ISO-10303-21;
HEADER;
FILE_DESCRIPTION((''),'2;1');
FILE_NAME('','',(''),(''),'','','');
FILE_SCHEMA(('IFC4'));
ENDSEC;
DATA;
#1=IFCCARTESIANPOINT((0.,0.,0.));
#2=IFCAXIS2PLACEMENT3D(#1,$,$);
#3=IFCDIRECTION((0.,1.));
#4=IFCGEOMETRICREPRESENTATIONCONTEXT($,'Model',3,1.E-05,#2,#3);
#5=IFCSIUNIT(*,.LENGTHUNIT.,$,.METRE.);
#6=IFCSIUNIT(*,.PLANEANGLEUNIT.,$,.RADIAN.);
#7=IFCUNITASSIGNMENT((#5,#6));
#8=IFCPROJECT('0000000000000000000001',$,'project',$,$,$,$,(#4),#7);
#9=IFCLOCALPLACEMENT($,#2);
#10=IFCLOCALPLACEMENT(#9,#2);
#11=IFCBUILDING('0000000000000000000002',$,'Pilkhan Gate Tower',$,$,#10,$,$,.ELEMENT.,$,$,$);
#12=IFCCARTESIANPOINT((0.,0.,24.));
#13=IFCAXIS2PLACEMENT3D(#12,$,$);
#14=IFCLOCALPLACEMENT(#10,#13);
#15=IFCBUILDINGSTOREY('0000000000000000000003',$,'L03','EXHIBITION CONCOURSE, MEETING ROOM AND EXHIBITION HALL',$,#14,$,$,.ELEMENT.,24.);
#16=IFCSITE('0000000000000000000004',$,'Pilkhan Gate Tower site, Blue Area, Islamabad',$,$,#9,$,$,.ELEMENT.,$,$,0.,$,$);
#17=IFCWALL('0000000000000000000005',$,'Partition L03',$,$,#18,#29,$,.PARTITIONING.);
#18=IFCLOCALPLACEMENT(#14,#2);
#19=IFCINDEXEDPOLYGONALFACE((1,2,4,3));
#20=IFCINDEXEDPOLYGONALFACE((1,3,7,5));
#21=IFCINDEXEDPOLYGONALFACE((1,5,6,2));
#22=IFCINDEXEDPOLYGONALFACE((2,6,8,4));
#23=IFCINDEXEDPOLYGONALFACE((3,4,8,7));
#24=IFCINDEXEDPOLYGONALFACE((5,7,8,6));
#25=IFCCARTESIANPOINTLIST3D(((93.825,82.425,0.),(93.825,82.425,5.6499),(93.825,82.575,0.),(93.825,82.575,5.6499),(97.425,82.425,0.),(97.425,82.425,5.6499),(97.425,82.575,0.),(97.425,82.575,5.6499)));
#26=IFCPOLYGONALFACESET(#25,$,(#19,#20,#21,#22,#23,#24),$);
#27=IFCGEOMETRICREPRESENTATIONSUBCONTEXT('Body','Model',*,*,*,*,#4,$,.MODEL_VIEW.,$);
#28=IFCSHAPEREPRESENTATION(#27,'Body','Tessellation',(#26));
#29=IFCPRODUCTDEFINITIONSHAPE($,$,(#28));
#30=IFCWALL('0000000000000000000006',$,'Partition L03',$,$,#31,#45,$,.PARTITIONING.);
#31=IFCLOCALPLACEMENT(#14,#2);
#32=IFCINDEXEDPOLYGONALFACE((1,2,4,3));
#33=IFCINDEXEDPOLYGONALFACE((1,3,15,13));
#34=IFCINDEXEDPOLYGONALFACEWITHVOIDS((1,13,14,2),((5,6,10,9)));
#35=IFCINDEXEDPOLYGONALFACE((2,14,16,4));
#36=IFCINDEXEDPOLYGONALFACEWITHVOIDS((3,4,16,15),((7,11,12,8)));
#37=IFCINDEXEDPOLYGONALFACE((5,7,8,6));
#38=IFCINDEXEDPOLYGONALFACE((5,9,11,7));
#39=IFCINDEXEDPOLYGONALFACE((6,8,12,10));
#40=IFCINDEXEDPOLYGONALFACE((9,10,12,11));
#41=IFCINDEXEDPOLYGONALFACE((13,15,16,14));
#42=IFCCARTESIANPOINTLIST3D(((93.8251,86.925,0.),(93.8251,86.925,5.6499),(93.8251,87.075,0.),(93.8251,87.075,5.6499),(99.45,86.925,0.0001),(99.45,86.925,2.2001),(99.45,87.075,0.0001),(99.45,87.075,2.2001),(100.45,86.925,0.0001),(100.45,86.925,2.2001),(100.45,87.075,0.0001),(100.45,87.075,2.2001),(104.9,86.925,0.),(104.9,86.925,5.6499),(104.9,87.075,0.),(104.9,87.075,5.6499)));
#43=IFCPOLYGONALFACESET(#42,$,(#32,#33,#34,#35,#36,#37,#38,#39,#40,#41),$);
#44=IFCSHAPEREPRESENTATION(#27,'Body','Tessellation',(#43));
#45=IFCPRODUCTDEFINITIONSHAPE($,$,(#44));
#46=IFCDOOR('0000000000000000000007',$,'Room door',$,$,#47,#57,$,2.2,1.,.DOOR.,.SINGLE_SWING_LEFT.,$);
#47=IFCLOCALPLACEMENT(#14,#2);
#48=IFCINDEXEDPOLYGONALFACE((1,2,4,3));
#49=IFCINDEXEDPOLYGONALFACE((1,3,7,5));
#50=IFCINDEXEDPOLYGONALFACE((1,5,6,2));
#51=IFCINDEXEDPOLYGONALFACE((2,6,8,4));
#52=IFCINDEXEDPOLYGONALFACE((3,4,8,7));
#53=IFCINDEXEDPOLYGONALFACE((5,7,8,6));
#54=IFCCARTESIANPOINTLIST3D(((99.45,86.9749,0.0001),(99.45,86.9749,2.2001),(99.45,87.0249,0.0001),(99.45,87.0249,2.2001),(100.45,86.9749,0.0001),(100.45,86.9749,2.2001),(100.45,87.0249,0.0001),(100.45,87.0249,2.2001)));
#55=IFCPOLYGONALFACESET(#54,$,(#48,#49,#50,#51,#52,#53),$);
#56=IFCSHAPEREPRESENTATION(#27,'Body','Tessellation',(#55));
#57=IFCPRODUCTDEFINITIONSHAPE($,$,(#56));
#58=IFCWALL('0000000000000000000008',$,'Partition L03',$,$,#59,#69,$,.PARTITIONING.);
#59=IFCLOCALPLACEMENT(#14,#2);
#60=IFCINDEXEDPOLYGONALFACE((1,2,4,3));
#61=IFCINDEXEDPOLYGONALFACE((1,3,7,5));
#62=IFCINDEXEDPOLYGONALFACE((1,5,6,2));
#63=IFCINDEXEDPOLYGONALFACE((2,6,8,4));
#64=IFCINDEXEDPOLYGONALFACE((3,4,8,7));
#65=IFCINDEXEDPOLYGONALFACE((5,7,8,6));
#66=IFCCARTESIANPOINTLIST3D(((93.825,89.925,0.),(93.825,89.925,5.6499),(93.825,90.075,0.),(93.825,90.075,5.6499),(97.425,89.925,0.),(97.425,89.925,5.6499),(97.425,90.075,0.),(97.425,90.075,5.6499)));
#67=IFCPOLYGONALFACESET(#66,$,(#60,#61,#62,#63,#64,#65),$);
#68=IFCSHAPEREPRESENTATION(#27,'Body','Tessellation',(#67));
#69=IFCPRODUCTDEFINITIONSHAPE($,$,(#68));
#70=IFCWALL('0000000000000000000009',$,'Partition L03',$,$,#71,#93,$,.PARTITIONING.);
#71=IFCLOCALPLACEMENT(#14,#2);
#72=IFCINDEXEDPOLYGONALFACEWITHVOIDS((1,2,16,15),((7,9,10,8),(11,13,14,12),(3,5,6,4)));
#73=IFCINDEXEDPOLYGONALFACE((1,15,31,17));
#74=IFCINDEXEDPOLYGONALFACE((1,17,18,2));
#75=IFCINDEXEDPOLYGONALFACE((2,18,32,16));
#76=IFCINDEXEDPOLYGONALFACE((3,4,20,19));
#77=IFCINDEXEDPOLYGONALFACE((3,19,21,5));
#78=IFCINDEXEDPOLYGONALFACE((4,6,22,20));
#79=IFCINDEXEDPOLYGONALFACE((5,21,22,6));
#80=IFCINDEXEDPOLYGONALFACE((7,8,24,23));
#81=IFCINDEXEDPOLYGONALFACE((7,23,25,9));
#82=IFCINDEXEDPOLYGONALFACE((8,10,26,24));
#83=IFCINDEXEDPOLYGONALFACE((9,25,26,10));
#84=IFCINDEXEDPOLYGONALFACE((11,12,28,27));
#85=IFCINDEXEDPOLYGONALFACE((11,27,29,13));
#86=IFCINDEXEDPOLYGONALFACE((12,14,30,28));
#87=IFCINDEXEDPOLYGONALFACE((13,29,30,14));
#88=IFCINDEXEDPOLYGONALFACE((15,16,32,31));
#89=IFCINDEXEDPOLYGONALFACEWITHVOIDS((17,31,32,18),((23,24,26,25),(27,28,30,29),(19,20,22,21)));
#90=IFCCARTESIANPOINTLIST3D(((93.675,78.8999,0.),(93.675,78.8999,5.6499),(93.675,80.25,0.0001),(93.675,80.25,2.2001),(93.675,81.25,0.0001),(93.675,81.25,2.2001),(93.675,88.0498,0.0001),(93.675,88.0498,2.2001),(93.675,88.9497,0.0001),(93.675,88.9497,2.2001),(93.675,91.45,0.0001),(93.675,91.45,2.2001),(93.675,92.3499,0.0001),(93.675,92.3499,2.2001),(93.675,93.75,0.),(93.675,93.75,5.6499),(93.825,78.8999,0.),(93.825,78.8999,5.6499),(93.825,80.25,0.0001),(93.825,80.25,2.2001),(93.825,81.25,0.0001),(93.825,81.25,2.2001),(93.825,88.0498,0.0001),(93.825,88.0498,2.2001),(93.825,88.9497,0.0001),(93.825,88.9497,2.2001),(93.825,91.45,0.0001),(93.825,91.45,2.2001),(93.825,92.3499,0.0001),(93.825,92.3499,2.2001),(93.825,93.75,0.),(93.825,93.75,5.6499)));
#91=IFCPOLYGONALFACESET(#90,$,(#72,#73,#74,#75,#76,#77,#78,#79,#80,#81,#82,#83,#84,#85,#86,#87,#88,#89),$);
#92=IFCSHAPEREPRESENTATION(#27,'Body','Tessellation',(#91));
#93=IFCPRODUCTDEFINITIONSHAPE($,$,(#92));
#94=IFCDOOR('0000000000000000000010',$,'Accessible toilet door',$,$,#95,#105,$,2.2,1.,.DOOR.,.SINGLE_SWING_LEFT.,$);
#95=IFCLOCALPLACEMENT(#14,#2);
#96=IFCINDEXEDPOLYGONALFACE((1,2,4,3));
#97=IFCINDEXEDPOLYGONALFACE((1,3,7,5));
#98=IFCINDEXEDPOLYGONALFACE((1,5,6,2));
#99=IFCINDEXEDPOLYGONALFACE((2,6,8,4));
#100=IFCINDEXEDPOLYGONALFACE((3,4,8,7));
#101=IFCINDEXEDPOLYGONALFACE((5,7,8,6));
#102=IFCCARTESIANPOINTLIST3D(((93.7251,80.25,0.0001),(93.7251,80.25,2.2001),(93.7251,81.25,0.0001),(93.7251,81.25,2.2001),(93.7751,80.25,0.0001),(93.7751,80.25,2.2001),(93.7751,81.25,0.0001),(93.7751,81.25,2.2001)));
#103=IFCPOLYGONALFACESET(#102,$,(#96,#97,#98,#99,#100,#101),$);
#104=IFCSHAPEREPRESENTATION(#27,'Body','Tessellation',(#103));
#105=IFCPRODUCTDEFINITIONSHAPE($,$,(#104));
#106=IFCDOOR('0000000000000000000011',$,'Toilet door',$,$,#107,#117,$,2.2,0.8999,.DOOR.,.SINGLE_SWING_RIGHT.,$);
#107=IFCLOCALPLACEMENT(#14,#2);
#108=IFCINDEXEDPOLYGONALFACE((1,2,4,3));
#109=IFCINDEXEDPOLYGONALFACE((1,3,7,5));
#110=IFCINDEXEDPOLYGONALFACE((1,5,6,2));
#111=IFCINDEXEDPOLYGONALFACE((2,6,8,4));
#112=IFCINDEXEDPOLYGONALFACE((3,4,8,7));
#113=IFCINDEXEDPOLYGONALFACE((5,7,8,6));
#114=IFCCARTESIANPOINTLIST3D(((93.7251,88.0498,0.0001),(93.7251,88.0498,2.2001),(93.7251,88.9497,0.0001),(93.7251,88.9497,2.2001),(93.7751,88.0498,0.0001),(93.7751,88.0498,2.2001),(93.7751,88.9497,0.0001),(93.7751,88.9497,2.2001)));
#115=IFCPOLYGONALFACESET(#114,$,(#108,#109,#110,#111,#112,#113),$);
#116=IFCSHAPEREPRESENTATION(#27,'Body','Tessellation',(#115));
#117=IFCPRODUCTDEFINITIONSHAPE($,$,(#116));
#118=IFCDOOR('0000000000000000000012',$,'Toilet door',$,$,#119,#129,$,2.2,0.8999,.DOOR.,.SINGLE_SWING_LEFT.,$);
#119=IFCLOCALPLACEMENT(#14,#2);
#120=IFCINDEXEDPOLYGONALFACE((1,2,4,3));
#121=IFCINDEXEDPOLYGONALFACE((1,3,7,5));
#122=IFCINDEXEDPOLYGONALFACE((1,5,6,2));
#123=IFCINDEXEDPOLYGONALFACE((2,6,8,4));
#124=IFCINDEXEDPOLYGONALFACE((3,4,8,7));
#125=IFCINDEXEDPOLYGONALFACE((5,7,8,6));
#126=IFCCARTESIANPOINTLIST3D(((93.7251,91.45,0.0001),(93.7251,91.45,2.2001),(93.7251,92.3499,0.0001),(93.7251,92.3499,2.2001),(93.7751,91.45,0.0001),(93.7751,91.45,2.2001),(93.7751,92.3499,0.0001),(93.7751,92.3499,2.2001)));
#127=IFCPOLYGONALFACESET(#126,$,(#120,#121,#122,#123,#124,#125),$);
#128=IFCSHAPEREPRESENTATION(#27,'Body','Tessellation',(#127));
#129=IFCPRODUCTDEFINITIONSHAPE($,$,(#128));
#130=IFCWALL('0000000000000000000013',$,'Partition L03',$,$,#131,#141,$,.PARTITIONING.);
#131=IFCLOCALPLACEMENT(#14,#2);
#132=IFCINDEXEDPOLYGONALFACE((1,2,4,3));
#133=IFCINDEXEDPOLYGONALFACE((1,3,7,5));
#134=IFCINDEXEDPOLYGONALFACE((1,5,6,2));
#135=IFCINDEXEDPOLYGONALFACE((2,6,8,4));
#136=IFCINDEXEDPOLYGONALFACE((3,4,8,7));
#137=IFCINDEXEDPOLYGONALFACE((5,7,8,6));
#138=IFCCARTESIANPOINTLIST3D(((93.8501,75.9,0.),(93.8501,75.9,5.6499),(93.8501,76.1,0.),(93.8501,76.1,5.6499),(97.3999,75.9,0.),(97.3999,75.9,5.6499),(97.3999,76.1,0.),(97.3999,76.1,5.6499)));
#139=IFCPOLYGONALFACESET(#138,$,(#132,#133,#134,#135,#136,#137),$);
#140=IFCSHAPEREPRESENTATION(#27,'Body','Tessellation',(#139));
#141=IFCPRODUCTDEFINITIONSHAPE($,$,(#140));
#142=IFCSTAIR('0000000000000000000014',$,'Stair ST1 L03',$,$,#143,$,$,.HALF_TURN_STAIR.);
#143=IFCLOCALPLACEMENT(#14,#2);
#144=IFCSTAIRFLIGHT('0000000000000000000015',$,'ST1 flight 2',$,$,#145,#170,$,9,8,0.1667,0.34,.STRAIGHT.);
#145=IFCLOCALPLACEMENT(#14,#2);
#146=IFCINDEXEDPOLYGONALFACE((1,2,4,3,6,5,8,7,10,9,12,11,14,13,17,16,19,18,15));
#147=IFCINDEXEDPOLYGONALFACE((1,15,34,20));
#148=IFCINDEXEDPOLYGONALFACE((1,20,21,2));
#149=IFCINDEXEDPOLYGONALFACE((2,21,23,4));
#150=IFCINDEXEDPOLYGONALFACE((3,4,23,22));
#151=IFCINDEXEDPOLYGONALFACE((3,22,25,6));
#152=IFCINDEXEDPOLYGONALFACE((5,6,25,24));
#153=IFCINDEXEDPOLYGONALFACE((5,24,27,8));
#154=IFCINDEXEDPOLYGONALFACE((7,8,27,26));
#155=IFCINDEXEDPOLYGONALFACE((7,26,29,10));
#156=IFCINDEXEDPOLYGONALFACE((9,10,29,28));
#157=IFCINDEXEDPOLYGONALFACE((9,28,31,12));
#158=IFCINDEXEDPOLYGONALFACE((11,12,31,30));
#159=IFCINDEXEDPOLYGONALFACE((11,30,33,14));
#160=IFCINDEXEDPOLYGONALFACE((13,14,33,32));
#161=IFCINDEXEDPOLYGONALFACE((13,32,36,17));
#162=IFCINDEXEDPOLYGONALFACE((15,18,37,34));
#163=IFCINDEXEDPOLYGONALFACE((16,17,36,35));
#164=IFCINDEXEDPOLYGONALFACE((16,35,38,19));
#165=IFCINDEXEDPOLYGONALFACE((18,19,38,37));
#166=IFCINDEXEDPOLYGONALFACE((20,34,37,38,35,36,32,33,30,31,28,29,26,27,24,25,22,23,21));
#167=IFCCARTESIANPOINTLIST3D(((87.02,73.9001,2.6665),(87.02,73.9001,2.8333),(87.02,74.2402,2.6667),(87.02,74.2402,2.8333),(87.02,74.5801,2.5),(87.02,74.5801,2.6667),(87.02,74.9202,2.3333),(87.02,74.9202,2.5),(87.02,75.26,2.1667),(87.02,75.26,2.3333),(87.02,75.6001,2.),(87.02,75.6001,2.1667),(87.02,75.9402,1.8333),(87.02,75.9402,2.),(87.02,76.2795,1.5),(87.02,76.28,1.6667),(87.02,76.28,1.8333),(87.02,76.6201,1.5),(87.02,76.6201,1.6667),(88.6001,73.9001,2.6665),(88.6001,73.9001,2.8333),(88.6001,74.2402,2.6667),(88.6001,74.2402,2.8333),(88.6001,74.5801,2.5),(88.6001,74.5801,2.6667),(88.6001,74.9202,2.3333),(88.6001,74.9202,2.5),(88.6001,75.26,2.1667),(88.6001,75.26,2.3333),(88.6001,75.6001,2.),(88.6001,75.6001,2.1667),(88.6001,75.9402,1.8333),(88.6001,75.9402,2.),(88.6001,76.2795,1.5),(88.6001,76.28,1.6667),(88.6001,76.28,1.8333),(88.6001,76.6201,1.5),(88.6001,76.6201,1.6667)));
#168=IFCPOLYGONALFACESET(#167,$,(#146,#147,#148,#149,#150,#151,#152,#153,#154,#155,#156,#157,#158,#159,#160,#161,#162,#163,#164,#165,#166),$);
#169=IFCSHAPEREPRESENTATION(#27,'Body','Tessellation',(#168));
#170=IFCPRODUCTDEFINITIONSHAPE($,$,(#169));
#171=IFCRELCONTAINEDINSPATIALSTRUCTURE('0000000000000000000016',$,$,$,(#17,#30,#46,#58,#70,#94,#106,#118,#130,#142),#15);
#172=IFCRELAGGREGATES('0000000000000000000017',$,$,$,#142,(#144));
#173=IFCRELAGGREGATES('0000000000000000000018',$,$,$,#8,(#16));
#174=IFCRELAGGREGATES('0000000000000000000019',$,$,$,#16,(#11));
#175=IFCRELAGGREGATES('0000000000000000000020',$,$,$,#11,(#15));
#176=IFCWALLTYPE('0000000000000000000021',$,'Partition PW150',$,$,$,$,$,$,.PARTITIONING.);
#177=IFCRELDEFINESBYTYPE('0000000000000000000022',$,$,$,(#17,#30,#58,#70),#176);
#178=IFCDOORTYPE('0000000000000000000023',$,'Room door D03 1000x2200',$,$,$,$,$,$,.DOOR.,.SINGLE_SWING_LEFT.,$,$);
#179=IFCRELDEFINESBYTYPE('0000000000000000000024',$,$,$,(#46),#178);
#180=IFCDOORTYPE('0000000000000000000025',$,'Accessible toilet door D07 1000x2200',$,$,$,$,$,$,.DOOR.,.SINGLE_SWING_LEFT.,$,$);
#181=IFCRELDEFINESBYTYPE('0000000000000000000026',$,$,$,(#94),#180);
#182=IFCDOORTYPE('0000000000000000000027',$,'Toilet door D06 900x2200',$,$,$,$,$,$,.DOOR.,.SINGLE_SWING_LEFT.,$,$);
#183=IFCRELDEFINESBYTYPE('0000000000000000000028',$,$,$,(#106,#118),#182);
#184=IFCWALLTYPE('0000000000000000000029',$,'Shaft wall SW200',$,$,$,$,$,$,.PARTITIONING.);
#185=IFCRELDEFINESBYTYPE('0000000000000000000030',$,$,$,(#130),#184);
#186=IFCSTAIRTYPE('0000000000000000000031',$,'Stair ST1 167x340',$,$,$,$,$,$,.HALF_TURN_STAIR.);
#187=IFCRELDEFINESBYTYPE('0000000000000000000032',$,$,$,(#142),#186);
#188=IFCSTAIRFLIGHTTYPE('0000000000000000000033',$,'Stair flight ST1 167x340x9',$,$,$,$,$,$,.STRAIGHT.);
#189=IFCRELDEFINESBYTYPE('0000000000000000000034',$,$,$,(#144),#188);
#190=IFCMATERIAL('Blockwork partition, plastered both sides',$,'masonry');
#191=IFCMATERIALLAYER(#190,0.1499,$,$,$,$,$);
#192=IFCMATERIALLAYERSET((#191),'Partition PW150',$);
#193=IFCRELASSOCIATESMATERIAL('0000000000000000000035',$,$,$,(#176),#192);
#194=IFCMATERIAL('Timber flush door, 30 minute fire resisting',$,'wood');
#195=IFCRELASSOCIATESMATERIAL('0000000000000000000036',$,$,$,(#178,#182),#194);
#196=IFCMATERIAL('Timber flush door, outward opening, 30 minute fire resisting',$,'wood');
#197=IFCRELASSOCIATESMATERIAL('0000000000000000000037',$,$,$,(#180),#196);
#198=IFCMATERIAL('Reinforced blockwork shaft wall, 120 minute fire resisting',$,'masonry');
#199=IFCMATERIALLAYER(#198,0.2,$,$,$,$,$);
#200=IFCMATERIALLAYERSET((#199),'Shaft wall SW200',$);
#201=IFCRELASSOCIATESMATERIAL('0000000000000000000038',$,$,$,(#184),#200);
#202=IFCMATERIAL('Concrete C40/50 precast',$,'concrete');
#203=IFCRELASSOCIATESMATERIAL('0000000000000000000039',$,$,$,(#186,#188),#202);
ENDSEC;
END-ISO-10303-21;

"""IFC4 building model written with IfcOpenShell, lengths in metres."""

from ifc_helpers import new_model, si_unit, direction, frame, frame_2d, origin, place, context, subcontext, project, spatial, polyline, rectangle, outline, extrude, material, layer, layer_set, type_object, element, fill, aggregate, save


model = new_model("IFC4")

# Units and contexts
model_context = context("Model", 3, precision=1e-05, world=origin(), true_north=direction((0.0, 1.0)))
body_context = subcontext(model_context, "Body", "Model", "MODEL_VIEW")
ifc_project = project(units=[si_unit("LENGTHUNIT", "METRE"), si_unit("PLANEANGLEUNIT", "RADIAN")], contexts=[model_context])

# Site, building, storey
site_placement = place(None, origin())
site = spatial("IfcSite", under=ifc_project, at=site_placement, Name="Pilkhan Gate Tower site, Blue Area, Islamabad", CompositionType="ELEMENT", RefElevation=0.0)
building_placement = place(site_placement, origin())
building = spatial("IfcBuilding", under=site, at=building_placement, Name="Pilkhan Gate Tower", CompositionType="ELEMENT")
storey_placement = place(building_placement, frame((0.0, 0.0, 24.0)))
storey = spatial("IfcBuildingStorey", under=building, at=storey_placement, Name="L03", Description="EXHIBITION CONCOURSE, MEETING ROOM AND EXHIBITION HALL", CompositionType="ELEMENT", Elevation=24.0)

# Wall
ifc_material_1 = material(Name="Blockwork partition, plastered both sides", Category="masonry")
ifc_layer_1 = layer(ifc_material_1, 0.1499)
ifc_layer_set_1 = layer_set([ifc_layer_1], Name="Partition PW150")
wall_type_1 = type_object("IfcWallType", Name="Partition PW150", PredefinedType="PARTITIONING", material=ifc_layer_set_1)
wall_1_placement = place(storey_placement, frame((93.825, 82.5, 0.0), z_axis=(0.0, 0.0, 1.0), x_axis=(1.0, 0.0, 0.0)))
element("IfcWall", 1, at=wall_1_placement, inside=storey, type_object=wall_type_1, Name="Partition L03", PredefinedType="PARTITIONING", context=body_context, shape_type="SweptSolid", body=[
    extrude(rectangle(XDim=3.6001, YDim=0.1499, at=frame_2d((1.8, 0.0))), origin(), (0.0, 0.0, 1.0), 5.6499),
])

# Wall, opening, door
wall_2_placement = place(storey_placement, frame((93.825, 87.0, 0.0), z_axis=(0.0, 0.0, 1.0), x_axis=(1.0, 0.0, 0.0)))
wall_2 = element("IfcWall", 2, at=wall_2_placement, inside=storey, type_object=wall_type_1, Name="Partition L03", PredefinedType="PARTITIONING", context=body_context, shape_type="SweptSolid", body=[
    extrude(rectangle(XDim=11.075, YDim=0.1499, at=frame_2d((5.5376, 0.0))), origin(), (0.0, 0.0, 1.0), 5.6499),
])
opening_1_placement = place(wall_2_placement, frame((5.625, 0.0, 0.0)))
opening_1 = element("IfcOpeningElement", 3, at=opening_1_placement, cuts=wall_2, PredefinedType="OPENING", context=body_context, shape_type="SweptSolid", body=[
    extrude(rectangle(XDim=1.0, YDim=2.2, at=frame_2d((0.5, 1.1001))), frame((0.0, 0.085, 0.0), z_axis=(0.0, -1.0, 0.0), x_axis=(1.0, 0.0, 0.0)), (0.0, 0.0, 1.0), 0.1699),
])
ifc_material_2 = material(Name="Timber flush door, 30 minute fire resisting", Category="wood")
door_type_1 = type_object("IfcDoorType", Name="Room door D03 1000x2200", OperationType="SINGLE_SWING_LEFT", PredefinedType="DOOR", material=ifc_material_2)
door_1_placement = place(opening_1_placement, origin())
door_1 = element("IfcDoor", 4, at=door_1_placement, inside=storey, type_object=door_type_1, Name="Room door", OperationType="SINGLE_SWING_LEFT", OverallHeight=2.2, OverallWidth=1.0, PredefinedType="DOOR", context=body_context, shape_type="SweptSolid", body=[
    extrude(rectangle(XDim=1.0, YDim=2.2, at=frame_2d((0.5, 1.1001))), frame((0.0, 0.0249, 0.0), z_axis=(0.0, -1.0, 0.0), x_axis=(1.0, 0.0, 0.0)), (0.0, 0.0, 1.0), 0.05),
])
fill(opening_1, door_1)

# Wall
wall_3_placement = place(storey_placement, frame((93.825, 90.0, 0.0), z_axis=(0.0, 0.0, 1.0), x_axis=(1.0, 0.0, 0.0)))
element("IfcWall", 5, at=wall_3_placement, inside=storey, type_object=wall_type_1, Name="Partition L03", PredefinedType="PARTITIONING", context=body_context, shape_type="SweptSolid", body=[
    extrude(rectangle(XDim=3.6001, YDim=0.1499, at=frame_2d((1.8, 0.0))), origin(), (0.0, 0.0, 1.0), 5.6499),
])

# Wall, openings, doors
wall_4_placement = place(storey_placement, frame((93.75, 78.8999, 0.0), z_axis=(0.0, 0.0, 1.0), x_axis=(0.0, 1.0, 0.0)))
wall_4 = element("IfcWall", 6, at=wall_4_placement, inside=storey, type_object=wall_type_1, Name="Partition L03", PredefinedType="PARTITIONING", context=body_context, shape_type="SweptSolid", body=[
    extrude(rectangle(XDim=14.8501, YDim=0.1499, at=frame_2d((7.425, 0.0))), origin(), (0.0, 0.0, 1.0), 5.6499),
])
opening_2_placement = place(wall_4_placement, frame((9.1499, 0.0, 0.0)))
opening_2 = element("IfcOpeningElement", 7, at=opening_2_placement, cuts=wall_4, PredefinedType="OPENING", context=body_context, shape_type="SweptSolid", body=[
    extrude(rectangle(XDim=0.8999, YDim=2.2, at=frame_2d((0.45, 1.1001))), frame((0.0, 0.085, 0.0), z_axis=(0.0, -1.0, 0.0), x_axis=(1.0, 0.0, 0.0)), (0.0, 0.0, 1.0), 0.1699),
])
opening_3_placement = place(wall_4_placement, frame((12.55, 0.0, 0.0)))
opening_3 = element("IfcOpeningElement", 8, at=opening_3_placement, cuts=wall_4, PredefinedType="OPENING", context=body_context, shape_type="SweptSolid", body=[
    extrude(rectangle(XDim=0.8999, YDim=2.2, at=frame_2d((0.45, 1.1001))), frame((0.0, 0.085, 0.0), z_axis=(0.0, -1.0, 0.0), x_axis=(1.0, 0.0, 0.0)), (0.0, 0.0, 1.0), 0.1699),
])
opening_4_placement = place(wall_4_placement, frame((1.3501, 0.0, 0.0)))
opening_4 = element("IfcOpeningElement", 9, at=opening_4_placement, cuts=wall_4, PredefinedType="OPENING", context=body_context, shape_type="SweptSolid", body=[
    extrude(rectangle(XDim=1.0, YDim=2.2, at=frame_2d((0.5, 1.1001))), frame((0.0, 0.085, 0.0), z_axis=(0.0, -1.0, 0.0), x_axis=(1.0, 0.0, 0.0)), (0.0, 0.0, 1.0), 0.1699),
])
ifc_material_3 = material(Name="Timber flush door, outward opening, 30 minute fire resisting", Category="wood")
door_type_2 = type_object("IfcDoorType", Name="Accessible toilet door D07 1000x2200", OperationType="SINGLE_SWING_LEFT", PredefinedType="DOOR", material=ifc_material_3)
door_2_placement = place(opening_4_placement, origin())
door_2 = element("IfcDoor", 10, at=door_2_placement, inside=storey, type_object=door_type_2, Name="Accessible toilet door", OperationType="SINGLE_SWING_LEFT", OverallHeight=2.2, OverallWidth=1.0, PredefinedType="DOOR", context=body_context, shape_type="SweptSolid", body=[
    extrude(rectangle(XDim=1.0, YDim=2.2, at=frame_2d((0.5, 1.1001))), frame((0.0, 0.0249, 0.0), z_axis=(0.0, -1.0, 0.0), x_axis=(1.0, 0.0, 0.0)), (0.0, 0.0, 1.0), 0.05),
])
fill(opening_4, door_2)
door_type_3 = type_object("IfcDoorType", Name="Toilet door D06 900x2200", OperationType="SINGLE_SWING_LEFT", PredefinedType="DOOR", material=ifc_material_2)
door_3_placement = place(opening_2_placement, origin())
door_3 = element("IfcDoor", 11, at=door_3_placement, inside=storey, type_object=door_type_3, Name="Toilet door", OperationType="SINGLE_SWING_RIGHT", OverallHeight=2.2, OverallWidth=0.8999, PredefinedType="DOOR", context=body_context, shape_type="SweptSolid", body=[
    extrude(rectangle(XDim=0.8999, YDim=2.2, at=frame_2d((0.45, 1.1001))), frame((0.0, 0.0249, 0.0), z_axis=(0.0, -1.0, 0.0), x_axis=(1.0, 0.0, 0.0)), (0.0, 0.0, 1.0), 0.05),
])
fill(opening_2, door_3)
door_4_placement = place(opening_3_placement, origin())
door_4 = element("IfcDoor", 12, at=door_4_placement, inside=storey, type_object=door_type_3, Name="Toilet door", OperationType="SINGLE_SWING_LEFT", OverallHeight=2.2, OverallWidth=0.8999, PredefinedType="DOOR", context=body_context, shape_type="SweptSolid", body=[
    extrude(rectangle(XDim=0.8999, YDim=2.2, at=frame_2d((0.45, 1.1001))), frame((0.0, 0.0249, 0.0), z_axis=(0.0, -1.0, 0.0), x_axis=(1.0, 0.0, 0.0)), (0.0, 0.0, 1.0), 0.05),
])
fill(opening_3, door_4)

# Wall
ifc_material_4 = material(Name="Reinforced blockwork shaft wall, 120 minute fire resisting", Category="masonry")
ifc_layer_2 = layer(ifc_material_4, 0.2)
ifc_layer_set_2 = layer_set([ifc_layer_2], Name="Shaft wall SW200")
wall_type_2 = type_object("IfcWallType", Name="Shaft wall SW200", PredefinedType="PARTITIONING", material=ifc_layer_set_2)
wall_5_placement = place(storey_placement, frame((93.8501, 76.0, 0.0), z_axis=(0.0, 0.0, 1.0), x_axis=(1.0, 0.0, 0.0)))
element("IfcWall", 13, at=wall_5_placement, inside=storey, type_object=wall_type_2, Name="Partition L03", PredefinedType="PARTITIONING", context=body_context, shape_type="SweptSolid", body=[
    extrude(rectangle(XDim=3.5498, YDim=0.2, at=frame_2d((1.7749, 0.0))), origin(), (0.0, 0.0, 1.0), 5.6499),
])

# Stair, stair flight
ifc_material_5 = material(Name="Concrete C40/50 precast", Category="concrete")
stair_type = type_object("IfcStairType", Name="Stair ST1 167x340", PredefinedType="HALF_TURN_STAIR", material=ifc_material_5)
stair_placement = place(storey_placement, origin())
stair = element("IfcStair", 14, at=stair_placement, inside=storey, type_object=stair_type, Name="Stair ST1 L03", PredefinedType="HALF_TURN_STAIR")
stair_flight_type = type_object("IfcStairFlightType", Name="Stair flight ST1 167x340x9", PredefinedType="STRAIGHT", material=ifc_material_5)
stair_flight_1_placement = place(storey_placement, frame((87.8101, 76.6201, 1.5), z_axis=(0.0, 0.0, 1.0), x_axis=(0.0, -1.0, 0.0)))
stair_flight_1 = element("IfcStairFlight", 15, at=stair_flight_1_placement, type_object=stair_flight_type, Name="ST1 flight 2", NumberOfRisers=9, NumberOfTreads=8, PredefinedType="STRAIGHT", RiserHeight=0.1667, TreadLength=0.34, context=body_context, shape_type="SweptSolid", body=[
    extrude(outline(polyline([(0.0, 0.0), (0.0, 0.1667), (0.3401, 0.1667), (0.3401, 0.3333), (0.6799, 0.3333), (0.6799, 0.5), (1.02, 0.5), (1.02, 0.6667), (1.3601, 0.6667), (1.3601, 0.8333), (1.7, 0.8333), (1.7, 1.0), (2.04, 1.0), (2.04, 1.1667), (2.3799, 1.1667), (2.3799, 1.3333), (2.72, 1.3333), (2.72, 1.5), (2.72, 1.1665), (0.3406, 0.0), (0.0, 0.0)])), frame((0.0, 0.79, 0.0), z_axis=(0.0, -1.0, 0.0), x_axis=(1.0, 0.0, 0.0)), (0.0, 0.0, 1.0), 1.5801),
])
aggregate(stair, [stair_flight_1])

save(model, "model.ifc")
